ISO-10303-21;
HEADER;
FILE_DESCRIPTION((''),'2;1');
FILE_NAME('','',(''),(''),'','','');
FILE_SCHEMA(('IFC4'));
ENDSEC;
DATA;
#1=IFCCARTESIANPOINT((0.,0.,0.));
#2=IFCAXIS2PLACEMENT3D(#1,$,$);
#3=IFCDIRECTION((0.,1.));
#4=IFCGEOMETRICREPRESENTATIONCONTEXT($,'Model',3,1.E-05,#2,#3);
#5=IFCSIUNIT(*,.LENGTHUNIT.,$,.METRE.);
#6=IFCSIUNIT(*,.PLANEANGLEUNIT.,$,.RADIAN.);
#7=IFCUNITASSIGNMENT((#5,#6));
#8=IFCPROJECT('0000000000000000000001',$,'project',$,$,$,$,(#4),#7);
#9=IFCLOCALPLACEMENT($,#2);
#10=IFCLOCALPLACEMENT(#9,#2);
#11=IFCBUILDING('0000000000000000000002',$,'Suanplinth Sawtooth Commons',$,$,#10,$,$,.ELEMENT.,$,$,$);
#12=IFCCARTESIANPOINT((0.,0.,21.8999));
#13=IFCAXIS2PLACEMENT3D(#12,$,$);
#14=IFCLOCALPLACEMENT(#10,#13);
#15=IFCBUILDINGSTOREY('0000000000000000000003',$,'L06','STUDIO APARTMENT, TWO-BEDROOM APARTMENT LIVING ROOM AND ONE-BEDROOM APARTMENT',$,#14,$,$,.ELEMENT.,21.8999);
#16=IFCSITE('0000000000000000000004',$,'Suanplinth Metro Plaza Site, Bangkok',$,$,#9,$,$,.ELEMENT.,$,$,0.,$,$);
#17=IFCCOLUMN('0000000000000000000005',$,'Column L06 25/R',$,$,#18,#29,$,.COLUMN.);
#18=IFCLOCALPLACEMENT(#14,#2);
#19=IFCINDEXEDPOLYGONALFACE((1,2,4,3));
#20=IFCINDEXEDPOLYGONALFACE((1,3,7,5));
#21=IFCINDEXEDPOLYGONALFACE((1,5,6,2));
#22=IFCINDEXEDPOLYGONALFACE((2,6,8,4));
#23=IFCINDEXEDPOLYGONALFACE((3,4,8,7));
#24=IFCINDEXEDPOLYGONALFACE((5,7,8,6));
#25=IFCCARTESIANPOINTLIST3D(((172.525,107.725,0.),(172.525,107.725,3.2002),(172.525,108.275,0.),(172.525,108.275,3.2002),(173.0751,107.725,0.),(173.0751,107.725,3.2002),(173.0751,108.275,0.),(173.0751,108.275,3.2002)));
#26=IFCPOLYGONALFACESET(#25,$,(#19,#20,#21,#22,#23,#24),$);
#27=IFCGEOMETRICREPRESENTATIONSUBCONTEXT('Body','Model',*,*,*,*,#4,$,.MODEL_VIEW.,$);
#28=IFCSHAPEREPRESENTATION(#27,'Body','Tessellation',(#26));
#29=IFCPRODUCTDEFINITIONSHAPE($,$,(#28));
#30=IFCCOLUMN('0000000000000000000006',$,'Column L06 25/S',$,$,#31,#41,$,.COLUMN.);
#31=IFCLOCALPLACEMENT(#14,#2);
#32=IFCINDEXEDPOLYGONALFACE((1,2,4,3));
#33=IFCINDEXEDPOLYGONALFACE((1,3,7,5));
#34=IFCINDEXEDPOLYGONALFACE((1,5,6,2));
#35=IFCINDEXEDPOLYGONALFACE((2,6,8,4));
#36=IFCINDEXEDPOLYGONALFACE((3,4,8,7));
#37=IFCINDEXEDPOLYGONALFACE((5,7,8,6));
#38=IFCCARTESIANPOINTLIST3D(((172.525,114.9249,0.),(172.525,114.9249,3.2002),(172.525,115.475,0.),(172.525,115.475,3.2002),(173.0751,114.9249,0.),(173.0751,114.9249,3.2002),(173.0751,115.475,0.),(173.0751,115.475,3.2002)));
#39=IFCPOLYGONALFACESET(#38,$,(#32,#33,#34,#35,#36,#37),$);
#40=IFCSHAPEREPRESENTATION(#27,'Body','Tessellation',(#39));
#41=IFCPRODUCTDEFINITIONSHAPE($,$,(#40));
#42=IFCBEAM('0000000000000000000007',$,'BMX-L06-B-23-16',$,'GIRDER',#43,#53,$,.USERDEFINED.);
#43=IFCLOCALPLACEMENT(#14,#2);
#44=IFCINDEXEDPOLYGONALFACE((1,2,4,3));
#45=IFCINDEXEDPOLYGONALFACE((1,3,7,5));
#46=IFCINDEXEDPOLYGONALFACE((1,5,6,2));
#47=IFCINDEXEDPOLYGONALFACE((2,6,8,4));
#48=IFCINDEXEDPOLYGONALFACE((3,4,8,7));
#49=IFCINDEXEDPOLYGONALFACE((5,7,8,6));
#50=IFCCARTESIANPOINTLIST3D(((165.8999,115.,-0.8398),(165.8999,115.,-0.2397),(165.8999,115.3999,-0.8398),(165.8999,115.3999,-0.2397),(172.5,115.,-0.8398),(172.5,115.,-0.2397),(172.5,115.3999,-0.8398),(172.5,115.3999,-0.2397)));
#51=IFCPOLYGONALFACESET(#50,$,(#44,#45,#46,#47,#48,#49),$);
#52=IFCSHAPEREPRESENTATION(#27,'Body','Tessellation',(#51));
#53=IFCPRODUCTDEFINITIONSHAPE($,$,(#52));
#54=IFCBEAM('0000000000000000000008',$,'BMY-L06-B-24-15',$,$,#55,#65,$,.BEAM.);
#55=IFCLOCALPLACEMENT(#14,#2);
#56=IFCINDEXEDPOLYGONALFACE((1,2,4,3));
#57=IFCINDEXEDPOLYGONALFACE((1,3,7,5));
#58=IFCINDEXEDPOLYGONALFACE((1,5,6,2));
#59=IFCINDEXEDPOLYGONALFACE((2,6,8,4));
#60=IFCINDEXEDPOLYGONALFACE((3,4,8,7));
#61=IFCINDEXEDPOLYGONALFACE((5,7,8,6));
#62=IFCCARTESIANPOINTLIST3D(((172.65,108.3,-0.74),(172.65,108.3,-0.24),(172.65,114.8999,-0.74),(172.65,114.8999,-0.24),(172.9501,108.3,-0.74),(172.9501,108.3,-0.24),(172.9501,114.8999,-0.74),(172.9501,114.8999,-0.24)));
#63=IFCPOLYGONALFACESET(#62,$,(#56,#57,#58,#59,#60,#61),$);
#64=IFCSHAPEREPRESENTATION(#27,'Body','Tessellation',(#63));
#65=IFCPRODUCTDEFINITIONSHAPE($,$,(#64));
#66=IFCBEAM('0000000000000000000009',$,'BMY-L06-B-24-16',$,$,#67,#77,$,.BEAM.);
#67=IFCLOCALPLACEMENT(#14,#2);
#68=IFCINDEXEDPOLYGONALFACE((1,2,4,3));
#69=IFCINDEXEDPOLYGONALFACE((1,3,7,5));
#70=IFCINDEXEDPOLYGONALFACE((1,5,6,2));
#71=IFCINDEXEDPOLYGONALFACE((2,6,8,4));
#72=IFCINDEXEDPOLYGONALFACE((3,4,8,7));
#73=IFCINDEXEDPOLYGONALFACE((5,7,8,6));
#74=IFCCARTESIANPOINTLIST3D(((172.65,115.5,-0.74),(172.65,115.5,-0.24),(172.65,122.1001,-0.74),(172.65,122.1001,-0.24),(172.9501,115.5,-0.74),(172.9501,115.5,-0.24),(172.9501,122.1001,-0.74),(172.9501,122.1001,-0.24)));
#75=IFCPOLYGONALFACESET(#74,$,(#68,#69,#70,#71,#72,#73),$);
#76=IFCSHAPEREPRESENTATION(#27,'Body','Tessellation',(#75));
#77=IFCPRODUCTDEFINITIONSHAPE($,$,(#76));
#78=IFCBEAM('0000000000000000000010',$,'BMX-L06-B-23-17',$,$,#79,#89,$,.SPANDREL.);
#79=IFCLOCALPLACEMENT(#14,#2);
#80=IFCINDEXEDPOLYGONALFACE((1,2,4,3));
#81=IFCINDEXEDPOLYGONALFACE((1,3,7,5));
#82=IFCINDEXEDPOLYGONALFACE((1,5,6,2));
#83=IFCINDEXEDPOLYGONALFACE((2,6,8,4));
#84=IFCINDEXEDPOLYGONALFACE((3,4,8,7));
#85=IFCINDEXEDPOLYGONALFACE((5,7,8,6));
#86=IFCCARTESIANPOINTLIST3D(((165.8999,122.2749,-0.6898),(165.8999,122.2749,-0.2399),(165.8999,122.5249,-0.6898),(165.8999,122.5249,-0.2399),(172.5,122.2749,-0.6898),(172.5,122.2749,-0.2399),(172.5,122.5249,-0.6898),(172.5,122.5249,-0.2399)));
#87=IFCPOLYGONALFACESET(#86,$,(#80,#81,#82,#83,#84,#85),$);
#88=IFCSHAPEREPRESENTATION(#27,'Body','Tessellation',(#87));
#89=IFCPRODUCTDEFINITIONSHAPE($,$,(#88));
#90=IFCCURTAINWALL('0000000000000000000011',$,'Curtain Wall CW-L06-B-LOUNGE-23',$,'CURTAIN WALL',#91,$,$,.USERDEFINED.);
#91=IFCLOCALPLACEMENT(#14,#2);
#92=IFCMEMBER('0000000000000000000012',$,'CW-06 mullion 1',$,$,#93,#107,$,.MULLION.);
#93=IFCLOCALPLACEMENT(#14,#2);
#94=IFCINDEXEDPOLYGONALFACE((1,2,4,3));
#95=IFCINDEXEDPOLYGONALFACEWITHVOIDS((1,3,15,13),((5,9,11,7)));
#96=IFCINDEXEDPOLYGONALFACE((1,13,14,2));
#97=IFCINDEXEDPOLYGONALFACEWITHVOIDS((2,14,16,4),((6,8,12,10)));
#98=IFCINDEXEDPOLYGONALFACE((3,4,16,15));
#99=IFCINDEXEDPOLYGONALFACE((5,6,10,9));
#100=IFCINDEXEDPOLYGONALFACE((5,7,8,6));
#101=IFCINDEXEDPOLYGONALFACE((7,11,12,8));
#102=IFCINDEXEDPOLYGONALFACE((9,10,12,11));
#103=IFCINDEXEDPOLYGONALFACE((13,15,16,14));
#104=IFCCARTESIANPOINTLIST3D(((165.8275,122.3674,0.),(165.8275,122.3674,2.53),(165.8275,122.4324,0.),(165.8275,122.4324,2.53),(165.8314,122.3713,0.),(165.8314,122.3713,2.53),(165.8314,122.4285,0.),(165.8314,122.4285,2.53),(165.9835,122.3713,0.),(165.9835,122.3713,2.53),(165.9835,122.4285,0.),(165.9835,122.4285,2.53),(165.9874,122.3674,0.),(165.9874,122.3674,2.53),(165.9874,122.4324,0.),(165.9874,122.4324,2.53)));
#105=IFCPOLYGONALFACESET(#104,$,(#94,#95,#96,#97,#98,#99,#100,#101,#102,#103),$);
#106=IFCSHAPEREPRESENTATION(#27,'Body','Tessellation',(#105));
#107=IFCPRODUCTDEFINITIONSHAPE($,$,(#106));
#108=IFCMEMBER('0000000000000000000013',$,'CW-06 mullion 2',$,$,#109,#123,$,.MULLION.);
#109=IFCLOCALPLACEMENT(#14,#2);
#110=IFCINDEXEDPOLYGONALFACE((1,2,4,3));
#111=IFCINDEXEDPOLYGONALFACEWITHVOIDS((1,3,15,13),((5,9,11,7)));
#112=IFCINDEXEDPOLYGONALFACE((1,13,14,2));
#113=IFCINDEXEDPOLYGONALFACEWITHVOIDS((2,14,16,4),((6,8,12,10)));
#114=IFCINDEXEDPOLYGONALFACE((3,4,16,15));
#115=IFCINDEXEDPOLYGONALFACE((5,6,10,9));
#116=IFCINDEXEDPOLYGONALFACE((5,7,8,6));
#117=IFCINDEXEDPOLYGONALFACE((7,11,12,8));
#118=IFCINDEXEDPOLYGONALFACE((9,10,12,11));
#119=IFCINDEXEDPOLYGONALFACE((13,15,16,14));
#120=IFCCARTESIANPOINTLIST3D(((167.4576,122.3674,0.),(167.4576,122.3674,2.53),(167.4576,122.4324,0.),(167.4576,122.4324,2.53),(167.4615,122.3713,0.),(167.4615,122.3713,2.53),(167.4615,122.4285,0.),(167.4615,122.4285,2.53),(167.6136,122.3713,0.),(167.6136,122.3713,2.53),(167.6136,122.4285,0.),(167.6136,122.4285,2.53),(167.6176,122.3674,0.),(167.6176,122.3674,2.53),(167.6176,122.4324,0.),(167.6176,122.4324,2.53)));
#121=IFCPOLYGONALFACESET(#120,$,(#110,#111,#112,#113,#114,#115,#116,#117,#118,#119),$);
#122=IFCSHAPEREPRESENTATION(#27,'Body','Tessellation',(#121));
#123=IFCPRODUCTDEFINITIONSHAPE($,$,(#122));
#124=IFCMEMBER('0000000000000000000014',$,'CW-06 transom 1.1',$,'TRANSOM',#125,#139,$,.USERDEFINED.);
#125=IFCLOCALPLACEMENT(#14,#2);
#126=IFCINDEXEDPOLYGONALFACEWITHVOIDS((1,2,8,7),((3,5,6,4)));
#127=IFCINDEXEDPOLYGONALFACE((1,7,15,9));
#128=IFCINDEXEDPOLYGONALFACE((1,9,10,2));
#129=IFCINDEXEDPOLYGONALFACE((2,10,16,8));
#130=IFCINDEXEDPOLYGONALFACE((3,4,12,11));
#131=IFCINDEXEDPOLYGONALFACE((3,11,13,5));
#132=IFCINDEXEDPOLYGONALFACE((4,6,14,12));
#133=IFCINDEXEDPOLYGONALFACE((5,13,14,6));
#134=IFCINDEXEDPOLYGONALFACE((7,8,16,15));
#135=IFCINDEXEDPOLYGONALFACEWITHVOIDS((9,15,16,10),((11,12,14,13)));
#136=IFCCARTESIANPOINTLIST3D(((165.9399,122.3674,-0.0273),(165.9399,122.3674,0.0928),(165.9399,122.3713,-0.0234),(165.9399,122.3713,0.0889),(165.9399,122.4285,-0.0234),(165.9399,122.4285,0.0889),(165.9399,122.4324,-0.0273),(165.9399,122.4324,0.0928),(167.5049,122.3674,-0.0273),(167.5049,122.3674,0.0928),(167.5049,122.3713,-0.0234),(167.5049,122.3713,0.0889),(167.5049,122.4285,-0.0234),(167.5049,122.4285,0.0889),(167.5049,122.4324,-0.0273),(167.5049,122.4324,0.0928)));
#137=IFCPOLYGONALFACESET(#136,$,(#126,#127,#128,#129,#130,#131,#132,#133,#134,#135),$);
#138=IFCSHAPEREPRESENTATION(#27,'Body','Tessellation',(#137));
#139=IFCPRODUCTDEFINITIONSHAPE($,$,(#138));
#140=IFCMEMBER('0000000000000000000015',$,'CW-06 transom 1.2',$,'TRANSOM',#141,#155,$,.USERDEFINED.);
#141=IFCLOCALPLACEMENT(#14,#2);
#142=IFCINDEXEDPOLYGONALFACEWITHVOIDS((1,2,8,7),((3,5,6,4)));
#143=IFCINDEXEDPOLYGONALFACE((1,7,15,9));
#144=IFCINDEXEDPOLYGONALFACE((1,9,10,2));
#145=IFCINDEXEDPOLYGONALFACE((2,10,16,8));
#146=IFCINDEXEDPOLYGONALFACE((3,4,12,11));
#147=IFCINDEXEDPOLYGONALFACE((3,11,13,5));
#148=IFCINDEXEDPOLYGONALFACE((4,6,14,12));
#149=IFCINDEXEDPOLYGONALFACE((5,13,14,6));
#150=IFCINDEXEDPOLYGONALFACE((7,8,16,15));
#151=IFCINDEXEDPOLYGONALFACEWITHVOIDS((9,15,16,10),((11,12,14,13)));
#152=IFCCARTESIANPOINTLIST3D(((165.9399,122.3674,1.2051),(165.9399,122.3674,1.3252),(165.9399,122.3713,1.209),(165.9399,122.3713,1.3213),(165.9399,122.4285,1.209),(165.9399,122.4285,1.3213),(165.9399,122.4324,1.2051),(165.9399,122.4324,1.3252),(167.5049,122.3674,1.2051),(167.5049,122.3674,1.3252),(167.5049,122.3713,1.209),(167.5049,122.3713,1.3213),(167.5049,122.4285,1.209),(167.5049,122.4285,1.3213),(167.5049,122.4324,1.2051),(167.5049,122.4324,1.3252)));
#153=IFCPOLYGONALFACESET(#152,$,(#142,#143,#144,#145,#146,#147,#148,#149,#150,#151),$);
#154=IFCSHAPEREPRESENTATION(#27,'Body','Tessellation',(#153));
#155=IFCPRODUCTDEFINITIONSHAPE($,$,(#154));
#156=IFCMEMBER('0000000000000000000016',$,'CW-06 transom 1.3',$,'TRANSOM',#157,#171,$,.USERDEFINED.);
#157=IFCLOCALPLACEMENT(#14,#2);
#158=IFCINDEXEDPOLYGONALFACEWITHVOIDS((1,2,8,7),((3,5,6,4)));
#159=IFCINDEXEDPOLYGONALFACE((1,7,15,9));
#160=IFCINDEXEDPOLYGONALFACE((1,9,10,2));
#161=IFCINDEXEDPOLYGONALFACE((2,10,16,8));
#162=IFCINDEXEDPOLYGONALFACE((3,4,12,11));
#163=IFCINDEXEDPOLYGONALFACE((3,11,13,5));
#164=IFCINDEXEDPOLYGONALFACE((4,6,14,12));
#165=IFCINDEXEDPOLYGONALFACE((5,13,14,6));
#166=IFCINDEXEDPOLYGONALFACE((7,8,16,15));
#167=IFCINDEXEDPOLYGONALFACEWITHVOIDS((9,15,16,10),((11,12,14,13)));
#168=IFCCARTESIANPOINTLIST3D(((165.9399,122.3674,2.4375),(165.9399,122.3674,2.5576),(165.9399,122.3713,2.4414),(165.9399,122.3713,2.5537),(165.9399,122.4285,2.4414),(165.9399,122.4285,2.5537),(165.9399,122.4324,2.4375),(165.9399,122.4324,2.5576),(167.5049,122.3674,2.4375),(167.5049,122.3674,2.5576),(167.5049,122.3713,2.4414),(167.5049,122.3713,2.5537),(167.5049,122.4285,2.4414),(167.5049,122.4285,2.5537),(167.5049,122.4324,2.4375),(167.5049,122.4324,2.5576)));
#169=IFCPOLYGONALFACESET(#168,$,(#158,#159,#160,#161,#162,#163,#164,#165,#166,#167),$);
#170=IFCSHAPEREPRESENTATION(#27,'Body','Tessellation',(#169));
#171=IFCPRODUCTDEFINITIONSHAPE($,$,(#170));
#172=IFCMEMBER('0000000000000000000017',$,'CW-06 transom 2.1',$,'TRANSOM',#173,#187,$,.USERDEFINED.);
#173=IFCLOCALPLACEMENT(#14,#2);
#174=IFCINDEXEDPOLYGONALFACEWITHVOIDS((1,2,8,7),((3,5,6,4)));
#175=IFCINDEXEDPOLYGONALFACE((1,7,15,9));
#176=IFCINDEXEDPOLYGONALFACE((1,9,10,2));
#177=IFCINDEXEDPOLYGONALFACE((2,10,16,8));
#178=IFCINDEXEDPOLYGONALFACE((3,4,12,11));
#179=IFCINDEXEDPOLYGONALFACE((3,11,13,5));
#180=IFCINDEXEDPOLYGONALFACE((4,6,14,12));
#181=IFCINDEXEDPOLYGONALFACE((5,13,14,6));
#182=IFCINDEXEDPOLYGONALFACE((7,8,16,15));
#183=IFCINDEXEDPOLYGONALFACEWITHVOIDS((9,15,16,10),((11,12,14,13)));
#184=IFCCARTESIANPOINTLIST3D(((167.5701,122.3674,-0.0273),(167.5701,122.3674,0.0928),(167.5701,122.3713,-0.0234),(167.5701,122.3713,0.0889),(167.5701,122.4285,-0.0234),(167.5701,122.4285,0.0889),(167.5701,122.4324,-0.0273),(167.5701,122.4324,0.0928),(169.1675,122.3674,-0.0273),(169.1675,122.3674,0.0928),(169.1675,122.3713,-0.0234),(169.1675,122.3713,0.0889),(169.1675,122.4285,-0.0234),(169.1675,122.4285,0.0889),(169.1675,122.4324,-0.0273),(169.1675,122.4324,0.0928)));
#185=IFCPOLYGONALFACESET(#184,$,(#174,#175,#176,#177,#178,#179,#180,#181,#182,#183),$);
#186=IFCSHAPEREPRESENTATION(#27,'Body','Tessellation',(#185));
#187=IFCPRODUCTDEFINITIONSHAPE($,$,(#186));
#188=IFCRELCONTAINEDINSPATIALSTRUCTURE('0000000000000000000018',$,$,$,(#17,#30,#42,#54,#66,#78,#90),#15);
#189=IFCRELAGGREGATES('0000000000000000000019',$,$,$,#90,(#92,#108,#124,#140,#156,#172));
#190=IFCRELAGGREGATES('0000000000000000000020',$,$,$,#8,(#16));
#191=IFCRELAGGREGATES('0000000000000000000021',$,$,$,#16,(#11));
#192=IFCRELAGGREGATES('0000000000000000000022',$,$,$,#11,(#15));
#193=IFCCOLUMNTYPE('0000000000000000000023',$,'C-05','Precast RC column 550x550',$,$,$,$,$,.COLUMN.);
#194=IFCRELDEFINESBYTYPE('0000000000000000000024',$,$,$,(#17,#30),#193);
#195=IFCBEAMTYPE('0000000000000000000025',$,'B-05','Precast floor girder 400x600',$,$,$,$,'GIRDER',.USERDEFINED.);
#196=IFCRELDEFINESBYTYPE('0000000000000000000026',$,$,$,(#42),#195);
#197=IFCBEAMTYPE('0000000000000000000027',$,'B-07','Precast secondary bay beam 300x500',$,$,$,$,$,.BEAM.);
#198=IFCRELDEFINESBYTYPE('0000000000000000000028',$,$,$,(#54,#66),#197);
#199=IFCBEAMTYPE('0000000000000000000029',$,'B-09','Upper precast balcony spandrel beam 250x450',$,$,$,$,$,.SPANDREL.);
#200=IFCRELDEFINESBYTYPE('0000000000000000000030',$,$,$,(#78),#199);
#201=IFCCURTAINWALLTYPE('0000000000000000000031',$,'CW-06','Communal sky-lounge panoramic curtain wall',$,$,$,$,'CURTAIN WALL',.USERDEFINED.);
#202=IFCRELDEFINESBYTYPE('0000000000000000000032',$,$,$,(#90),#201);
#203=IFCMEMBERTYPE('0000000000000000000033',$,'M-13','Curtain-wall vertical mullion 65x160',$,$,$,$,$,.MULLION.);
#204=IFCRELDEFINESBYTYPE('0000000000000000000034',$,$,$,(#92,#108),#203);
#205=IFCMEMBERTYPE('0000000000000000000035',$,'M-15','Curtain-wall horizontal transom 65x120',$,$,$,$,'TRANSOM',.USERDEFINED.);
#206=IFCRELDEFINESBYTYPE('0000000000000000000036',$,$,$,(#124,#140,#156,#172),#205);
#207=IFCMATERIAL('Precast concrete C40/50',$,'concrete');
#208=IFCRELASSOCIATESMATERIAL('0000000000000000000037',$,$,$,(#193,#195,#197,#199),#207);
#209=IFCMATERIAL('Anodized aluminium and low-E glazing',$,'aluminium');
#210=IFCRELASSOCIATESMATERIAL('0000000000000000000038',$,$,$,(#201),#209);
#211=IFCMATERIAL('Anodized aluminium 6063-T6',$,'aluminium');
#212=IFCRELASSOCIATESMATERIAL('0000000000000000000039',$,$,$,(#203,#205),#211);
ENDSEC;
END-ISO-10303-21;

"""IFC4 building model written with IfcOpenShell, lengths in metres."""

from ifc_helpers import new_model, si_unit, direction, frame, origin, origin_2d, place, context, subcontext, project, spatial, rectangle, hollow_rectangle, extrude, material, material_profile, profile_set, type_object, element, aggregate, save


model = new_model("IFC4")

# Units and contexts
model_context = context("Model", 3, precision=1e-05, world=origin(), true_north=direction((0.0, 1.0)))
body_context = subcontext(model_context, "Body", "Model", "MODEL_VIEW")
ifc_project = project(units=[si_unit("LENGTHUNIT", "METRE"), si_unit("PLANEANGLEUNIT", "RADIAN")], contexts=[model_context])

# Site, building, storey
site_placement = place(None, origin())
site = spatial("IfcSite", under=ifc_project, at=site_placement, Name="Suanplinth Metro Plaza Site, Bangkok", CompositionType="ELEMENT", RefElevation=0.0)
building_placement = place(site_placement, origin())
building = spatial("IfcBuilding", under=site, at=building_placement, Name="Suanplinth Sawtooth Commons", CompositionType="ELEMENT")
storey_placement = place(building_placement, frame((0.0, 0.0, 21.8999)))
storey = spatial("IfcBuildingStorey", under=building, at=storey_placement, Name="L06", Description="STUDIO APARTMENT, TWO-BEDROOM APARTMENT LIVING ROOM AND ONE-BEDROOM APARTMENT", CompositionType="ELEMENT", Elevation=21.8999)

# Columns
ifc_material_1 = material(Name="Precast concrete C40/50", Category="concrete")
ifc_material_profile_1 = material_profile(ifc_material_1, rectangle(XDim=0.55, YDim=0.55, at=origin_2d()), Name="PC-COL 550x550")
ifc_profile_set_1 = profile_set([ifc_material_profile_1], Name="Precast concrete C40/50")
column_type = type_object("IfcColumnType", Name="C-05", Description="Precast RC column 550x550", PredefinedType="COLUMN", material=ifc_profile_set_1)
for number, where, z_axis, x_axis, name in (
    (1, (172.8, 108.0, 0.0), (0.0, 0.0, 1.0), (1.0, 0.0, 0.0), "Column L06 25/R"),
    (2, (172.8, 115.2, 0.0), (0.0, 0.0, 1.0), (1.0, 0.0, 0.0), "Column L06 25/S"),
):
    element("IfcColumn", number, at=place(storey_placement, frame(where, z_axis=z_axis, x_axis=x_axis)), inside=storey, type_object=column_type, Name=name, PredefinedType="COLUMN", context=body_context, shape_type="SweptSolid", body=[
        extrude(rectangle(XDim=0.55, YDim=0.55, at=origin_2d()), origin(), (0.0, 0.0, 1.0), 3.2002),
    ])

# Beams
ifc_material_profile_2 = material_profile(ifc_material_1, rectangle(XDim=0.3999, YDim=0.6001, at=origin_2d()), Name="PC-GDR 400x600")
ifc_profile_set_2 = profile_set([ifc_material_profile_2], Name="Precast concrete C40/50")
beam_type_1 = type_object("IfcBeamType", Name="B-05", Description="Precast floor girder 400x600", ElementType="GIRDER", PredefinedType="USERDEFINED", material=ifc_profile_set_2)
beam_1_placement = place(storey_placement, frame((165.8999, 115.2, -0.5398), z_axis=(1.0, 0.0, 0.0), x_axis=(0.0, 1.0, 0.0)))
element("IfcBeam", 3, at=beam_1_placement, inside=storey, type_object=beam_type_1, Name="BMX-L06-B-23-16", ObjectType="GIRDER", PredefinedType="USERDEFINED", context=body_context, shape_type="SweptSolid", body=[
    extrude(rectangle(XDim=0.3999, YDim=0.6001, at=origin_2d()), origin(), (0.0, 0.0, 1.0), 6.6001),
])
ifc_material_profile_3 = material_profile(ifc_material_1, rectangle(XDim=0.3, YDim=0.5, at=origin_2d()), Name="PC-BM 300x500")
ifc_profile_set_3 = profile_set([ifc_material_profile_3], Name="Precast concrete C40/50")
beam_type_2 = type_object("IfcBeamType", Name="B-07", Description="Precast secondary bay beam 300x500", PredefinedType="BEAM", material=ifc_profile_set_3)
beam_2_placement = place(storey_placement, frame((172.8, 108.3, -0.49), z_axis=(0.0, 1.0, 0.0), x_axis=(-1.0, 0.0, 0.0)))
element("IfcBeam", 4, at=beam_2_placement, inside=storey, type_object=beam_type_2, Name="BMY-L06-B-24-15", PredefinedType="BEAM", context=body_context, shape_type="SweptSolid", body=[
    extrude(rectangle(XDim=0.3, YDim=0.5, at=origin_2d()), origin(), (0.0, 0.0, 1.0), 6.5999),
])
beam_3_placement = place(storey_placement, frame((172.8, 115.5, -0.49), z_axis=(0.0, 1.0, 0.0), x_axis=(-1.0, 0.0, 0.0)))
element("IfcBeam", 5, at=beam_3_placement, inside=storey, type_object=beam_type_2, Name="BMY-L06-B-24-16", PredefinedType="BEAM", context=body_context, shape_type="SweptSolid", body=[
    extrude(rectangle(XDim=0.3, YDim=0.5, at=origin_2d()), origin(), (0.0, 0.0, 1.0), 6.6001),
])
ifc_material_profile_4 = material_profile(ifc_material_1, rectangle(XDim=0.25, YDim=0.45, at=origin_2d()), Name="PC-SP 250x450")
ifc_profile_set_4 = profile_set([ifc_material_profile_4], Name="Precast concrete C40/50")
beam_type_3 = type_object("IfcBeamType", Name="B-09", Description="Upper precast balcony spandrel beam 250x450", PredefinedType="SPANDREL", material=ifc_profile_set_4)
beam_4_placement = place(storey_placement, frame((165.8999, 122.3999, -0.4648), z_axis=(1.0, 0.0, 0.0), x_axis=(0.0, 1.0, 0.0)))
element("IfcBeam", 6, at=beam_4_placement, inside=storey, type_object=beam_type_3, Name="BMX-L06-B-23-17", PredefinedType="SPANDREL", context=body_context, shape_type="SweptSolid", body=[
    extrude(rectangle(XDim=0.25, YDim=0.45, at=origin_2d()), origin(), (0.0, 0.0, 1.0), 6.6001),
])

# Curtain wall, members
ifc_material_2 = material(Name="Anodized aluminium and low-E glazing", Category="aluminium")
curtain_wall_type = type_object("IfcCurtainWallType", Name="CW-06", Description="Communal sky-lounge panoramic curtain wall", ElementType="CURTAIN WALL", PredefinedType="USERDEFINED", material=ifc_material_2)
curtain_wall_placement = place(storey_placement, origin())
curtain_wall = element("IfcCurtainWall", 7, at=curtain_wall_placement, inside=storey, type_object=curtain_wall_type, Name="Curtain Wall CW-L06-B-LOUNGE-23", ObjectType="CURTAIN WALL", PredefinedType="USERDEFINED")
ifc_material_3 = material(Name="Anodized aluminium 6063-T6", Category="aluminium")
ifc_material_profile_5 = material_profile(ifc_material_3, hollow_rectangle(XDim=0.0649, YDim=0.1599, WallThickness=0.0039, at=origin_2d()), Name="ALU-MUL 65x160")
ifc_profile_set_5 = profile_set([ifc_material_profile_5], Name="Anodized aluminium 6063-T6")
member_type_1 = type_object("IfcMemberType", Name="M-13", Description="Curtain-wall vertical mullion 65x160", PredefinedType="MULLION", material=ifc_profile_set_5)
member_1_placement = place(storey_placement, frame((165.9075, 122.3999, 0.0), z_axis=(0.0, 0.0, 1.0), x_axis=(0.0, 1.0, 0.0)))
member_1 = element("IfcMember", 8, at=member_1_placement, type_object=member_type_1, Name="CW-06 mullion 1", PredefinedType="MULLION", context=body_context, shape_type="SweptSolid", body=[
    extrude(hollow_rectangle(XDim=0.0649, YDim=0.1599, WallThickness=0.0039, at=origin_2d()), origin(), (0.0, 0.0, 1.0), 2.53),
])
member_2_placement = place(storey_placement, frame((167.5376, 122.3999, 0.0), z_axis=(0.0, 0.0, 1.0), x_axis=(0.0, 1.0, 0.0)))
member_2 = element("IfcMember", 9, at=member_2_placement, type_object=member_type_1, Name="CW-06 mullion 2", PredefinedType="MULLION", context=body_context, shape_type="SweptSolid", body=[
    extrude(hollow_rectangle(XDim=0.0649, YDim=0.1599, WallThickness=0.0039, at=origin_2d()), origin(), (0.0, 0.0, 1.0), 2.53),
])
ifc_material_profile_6 = material_profile(ifc_material_3, hollow_rectangle(XDim=0.0649, YDim=0.1201, WallThickness=0.0039, at=origin_2d()), Name="ALU-TRN 65x120")
ifc_profile_set_6 = profile_set([ifc_material_profile_6], Name="Anodized aluminium 6063-T6")
member_type_2 = type_object("IfcMemberType", Name="M-15", Description="Curtain-wall horizontal transom 65x120", ElementType="TRANSOM", PredefinedType="USERDEFINED", material=ifc_profile_set_6)
member_3_placement = place(storey_placement, frame((165.9399, 122.3999, 0.0327), z_axis=(1.0, 0.0, 0.0), x_axis=(0.0, 1.0, 0.0)))
member_3 = element("IfcMember", 10, at=member_3_placement, type_object=member_type_2, Name="CW-06 transom 1.1", ObjectType="TRANSOM", PredefinedType="USERDEFINED", context=body_context, shape_type="SweptSolid", body=[
    extrude(hollow_rectangle(XDim=0.0649, YDim=0.1201, WallThickness=0.0039, at=origin_2d()), origin(), (0.0, 0.0, 1.0), 1.5649),
])
member_4_placement = place(storey_placement, frame((165.9399, 122.3999, 1.2651), z_axis=(1.0, 0.0, 0.0), x_axis=(0.0, 1.0, 0.0)))
member_4 = element("IfcMember", 11, at=member_4_placement, type_object=member_type_2, Name="CW-06 transom 1.2", ObjectType="TRANSOM", PredefinedType="USERDEFINED", context=body_context, shape_type="SweptSolid", body=[
    extrude(hollow_rectangle(XDim=0.0649, YDim=0.1201, WallThickness=0.0039, at=origin_2d()), origin(), (0.0, 0.0, 1.0), 1.5649),
])
member_5_placement = place(storey_placement, frame((165.9399, 122.3999, 2.4976), z_axis=(1.0, 0.0, 0.0), x_axis=(0.0, 1.0, 0.0)))
member_5 = element("IfcMember", 12, at=member_5_placement, type_object=member_type_2, Name="CW-06 transom 1.3", ObjectType="TRANSOM", PredefinedType="USERDEFINED", context=body_context, shape_type="SweptSolid", body=[
    extrude(hollow_rectangle(XDim=0.0649, YDim=0.1201, WallThickness=0.0039, at=origin_2d()), origin(), (0.0, 0.0, 1.0), 1.5649),
])
member_6_placement = place(storey_placement, frame((167.5701, 122.3999, 0.0327), z_axis=(1.0, 0.0, 0.0), x_axis=(0.0, 1.0, 0.0)))
member_6 = element("IfcMember", 13, at=member_6_placement, type_object=member_type_2, Name="CW-06 transom 2.1", ObjectType="TRANSOM", PredefinedType="USERDEFINED", context=body_context, shape_type="SweptSolid", body=[
    extrude(hollow_rectangle(XDim=0.0649, YDim=0.1201, WallThickness=0.0039, at=origin_2d()), origin(), (0.0, 0.0, 1.0), 1.5974),
])
aggregate(curtain_wall, [member_1, member_2, member_3, member_4, member_5, member_6])

save(model, "model.ifc")
